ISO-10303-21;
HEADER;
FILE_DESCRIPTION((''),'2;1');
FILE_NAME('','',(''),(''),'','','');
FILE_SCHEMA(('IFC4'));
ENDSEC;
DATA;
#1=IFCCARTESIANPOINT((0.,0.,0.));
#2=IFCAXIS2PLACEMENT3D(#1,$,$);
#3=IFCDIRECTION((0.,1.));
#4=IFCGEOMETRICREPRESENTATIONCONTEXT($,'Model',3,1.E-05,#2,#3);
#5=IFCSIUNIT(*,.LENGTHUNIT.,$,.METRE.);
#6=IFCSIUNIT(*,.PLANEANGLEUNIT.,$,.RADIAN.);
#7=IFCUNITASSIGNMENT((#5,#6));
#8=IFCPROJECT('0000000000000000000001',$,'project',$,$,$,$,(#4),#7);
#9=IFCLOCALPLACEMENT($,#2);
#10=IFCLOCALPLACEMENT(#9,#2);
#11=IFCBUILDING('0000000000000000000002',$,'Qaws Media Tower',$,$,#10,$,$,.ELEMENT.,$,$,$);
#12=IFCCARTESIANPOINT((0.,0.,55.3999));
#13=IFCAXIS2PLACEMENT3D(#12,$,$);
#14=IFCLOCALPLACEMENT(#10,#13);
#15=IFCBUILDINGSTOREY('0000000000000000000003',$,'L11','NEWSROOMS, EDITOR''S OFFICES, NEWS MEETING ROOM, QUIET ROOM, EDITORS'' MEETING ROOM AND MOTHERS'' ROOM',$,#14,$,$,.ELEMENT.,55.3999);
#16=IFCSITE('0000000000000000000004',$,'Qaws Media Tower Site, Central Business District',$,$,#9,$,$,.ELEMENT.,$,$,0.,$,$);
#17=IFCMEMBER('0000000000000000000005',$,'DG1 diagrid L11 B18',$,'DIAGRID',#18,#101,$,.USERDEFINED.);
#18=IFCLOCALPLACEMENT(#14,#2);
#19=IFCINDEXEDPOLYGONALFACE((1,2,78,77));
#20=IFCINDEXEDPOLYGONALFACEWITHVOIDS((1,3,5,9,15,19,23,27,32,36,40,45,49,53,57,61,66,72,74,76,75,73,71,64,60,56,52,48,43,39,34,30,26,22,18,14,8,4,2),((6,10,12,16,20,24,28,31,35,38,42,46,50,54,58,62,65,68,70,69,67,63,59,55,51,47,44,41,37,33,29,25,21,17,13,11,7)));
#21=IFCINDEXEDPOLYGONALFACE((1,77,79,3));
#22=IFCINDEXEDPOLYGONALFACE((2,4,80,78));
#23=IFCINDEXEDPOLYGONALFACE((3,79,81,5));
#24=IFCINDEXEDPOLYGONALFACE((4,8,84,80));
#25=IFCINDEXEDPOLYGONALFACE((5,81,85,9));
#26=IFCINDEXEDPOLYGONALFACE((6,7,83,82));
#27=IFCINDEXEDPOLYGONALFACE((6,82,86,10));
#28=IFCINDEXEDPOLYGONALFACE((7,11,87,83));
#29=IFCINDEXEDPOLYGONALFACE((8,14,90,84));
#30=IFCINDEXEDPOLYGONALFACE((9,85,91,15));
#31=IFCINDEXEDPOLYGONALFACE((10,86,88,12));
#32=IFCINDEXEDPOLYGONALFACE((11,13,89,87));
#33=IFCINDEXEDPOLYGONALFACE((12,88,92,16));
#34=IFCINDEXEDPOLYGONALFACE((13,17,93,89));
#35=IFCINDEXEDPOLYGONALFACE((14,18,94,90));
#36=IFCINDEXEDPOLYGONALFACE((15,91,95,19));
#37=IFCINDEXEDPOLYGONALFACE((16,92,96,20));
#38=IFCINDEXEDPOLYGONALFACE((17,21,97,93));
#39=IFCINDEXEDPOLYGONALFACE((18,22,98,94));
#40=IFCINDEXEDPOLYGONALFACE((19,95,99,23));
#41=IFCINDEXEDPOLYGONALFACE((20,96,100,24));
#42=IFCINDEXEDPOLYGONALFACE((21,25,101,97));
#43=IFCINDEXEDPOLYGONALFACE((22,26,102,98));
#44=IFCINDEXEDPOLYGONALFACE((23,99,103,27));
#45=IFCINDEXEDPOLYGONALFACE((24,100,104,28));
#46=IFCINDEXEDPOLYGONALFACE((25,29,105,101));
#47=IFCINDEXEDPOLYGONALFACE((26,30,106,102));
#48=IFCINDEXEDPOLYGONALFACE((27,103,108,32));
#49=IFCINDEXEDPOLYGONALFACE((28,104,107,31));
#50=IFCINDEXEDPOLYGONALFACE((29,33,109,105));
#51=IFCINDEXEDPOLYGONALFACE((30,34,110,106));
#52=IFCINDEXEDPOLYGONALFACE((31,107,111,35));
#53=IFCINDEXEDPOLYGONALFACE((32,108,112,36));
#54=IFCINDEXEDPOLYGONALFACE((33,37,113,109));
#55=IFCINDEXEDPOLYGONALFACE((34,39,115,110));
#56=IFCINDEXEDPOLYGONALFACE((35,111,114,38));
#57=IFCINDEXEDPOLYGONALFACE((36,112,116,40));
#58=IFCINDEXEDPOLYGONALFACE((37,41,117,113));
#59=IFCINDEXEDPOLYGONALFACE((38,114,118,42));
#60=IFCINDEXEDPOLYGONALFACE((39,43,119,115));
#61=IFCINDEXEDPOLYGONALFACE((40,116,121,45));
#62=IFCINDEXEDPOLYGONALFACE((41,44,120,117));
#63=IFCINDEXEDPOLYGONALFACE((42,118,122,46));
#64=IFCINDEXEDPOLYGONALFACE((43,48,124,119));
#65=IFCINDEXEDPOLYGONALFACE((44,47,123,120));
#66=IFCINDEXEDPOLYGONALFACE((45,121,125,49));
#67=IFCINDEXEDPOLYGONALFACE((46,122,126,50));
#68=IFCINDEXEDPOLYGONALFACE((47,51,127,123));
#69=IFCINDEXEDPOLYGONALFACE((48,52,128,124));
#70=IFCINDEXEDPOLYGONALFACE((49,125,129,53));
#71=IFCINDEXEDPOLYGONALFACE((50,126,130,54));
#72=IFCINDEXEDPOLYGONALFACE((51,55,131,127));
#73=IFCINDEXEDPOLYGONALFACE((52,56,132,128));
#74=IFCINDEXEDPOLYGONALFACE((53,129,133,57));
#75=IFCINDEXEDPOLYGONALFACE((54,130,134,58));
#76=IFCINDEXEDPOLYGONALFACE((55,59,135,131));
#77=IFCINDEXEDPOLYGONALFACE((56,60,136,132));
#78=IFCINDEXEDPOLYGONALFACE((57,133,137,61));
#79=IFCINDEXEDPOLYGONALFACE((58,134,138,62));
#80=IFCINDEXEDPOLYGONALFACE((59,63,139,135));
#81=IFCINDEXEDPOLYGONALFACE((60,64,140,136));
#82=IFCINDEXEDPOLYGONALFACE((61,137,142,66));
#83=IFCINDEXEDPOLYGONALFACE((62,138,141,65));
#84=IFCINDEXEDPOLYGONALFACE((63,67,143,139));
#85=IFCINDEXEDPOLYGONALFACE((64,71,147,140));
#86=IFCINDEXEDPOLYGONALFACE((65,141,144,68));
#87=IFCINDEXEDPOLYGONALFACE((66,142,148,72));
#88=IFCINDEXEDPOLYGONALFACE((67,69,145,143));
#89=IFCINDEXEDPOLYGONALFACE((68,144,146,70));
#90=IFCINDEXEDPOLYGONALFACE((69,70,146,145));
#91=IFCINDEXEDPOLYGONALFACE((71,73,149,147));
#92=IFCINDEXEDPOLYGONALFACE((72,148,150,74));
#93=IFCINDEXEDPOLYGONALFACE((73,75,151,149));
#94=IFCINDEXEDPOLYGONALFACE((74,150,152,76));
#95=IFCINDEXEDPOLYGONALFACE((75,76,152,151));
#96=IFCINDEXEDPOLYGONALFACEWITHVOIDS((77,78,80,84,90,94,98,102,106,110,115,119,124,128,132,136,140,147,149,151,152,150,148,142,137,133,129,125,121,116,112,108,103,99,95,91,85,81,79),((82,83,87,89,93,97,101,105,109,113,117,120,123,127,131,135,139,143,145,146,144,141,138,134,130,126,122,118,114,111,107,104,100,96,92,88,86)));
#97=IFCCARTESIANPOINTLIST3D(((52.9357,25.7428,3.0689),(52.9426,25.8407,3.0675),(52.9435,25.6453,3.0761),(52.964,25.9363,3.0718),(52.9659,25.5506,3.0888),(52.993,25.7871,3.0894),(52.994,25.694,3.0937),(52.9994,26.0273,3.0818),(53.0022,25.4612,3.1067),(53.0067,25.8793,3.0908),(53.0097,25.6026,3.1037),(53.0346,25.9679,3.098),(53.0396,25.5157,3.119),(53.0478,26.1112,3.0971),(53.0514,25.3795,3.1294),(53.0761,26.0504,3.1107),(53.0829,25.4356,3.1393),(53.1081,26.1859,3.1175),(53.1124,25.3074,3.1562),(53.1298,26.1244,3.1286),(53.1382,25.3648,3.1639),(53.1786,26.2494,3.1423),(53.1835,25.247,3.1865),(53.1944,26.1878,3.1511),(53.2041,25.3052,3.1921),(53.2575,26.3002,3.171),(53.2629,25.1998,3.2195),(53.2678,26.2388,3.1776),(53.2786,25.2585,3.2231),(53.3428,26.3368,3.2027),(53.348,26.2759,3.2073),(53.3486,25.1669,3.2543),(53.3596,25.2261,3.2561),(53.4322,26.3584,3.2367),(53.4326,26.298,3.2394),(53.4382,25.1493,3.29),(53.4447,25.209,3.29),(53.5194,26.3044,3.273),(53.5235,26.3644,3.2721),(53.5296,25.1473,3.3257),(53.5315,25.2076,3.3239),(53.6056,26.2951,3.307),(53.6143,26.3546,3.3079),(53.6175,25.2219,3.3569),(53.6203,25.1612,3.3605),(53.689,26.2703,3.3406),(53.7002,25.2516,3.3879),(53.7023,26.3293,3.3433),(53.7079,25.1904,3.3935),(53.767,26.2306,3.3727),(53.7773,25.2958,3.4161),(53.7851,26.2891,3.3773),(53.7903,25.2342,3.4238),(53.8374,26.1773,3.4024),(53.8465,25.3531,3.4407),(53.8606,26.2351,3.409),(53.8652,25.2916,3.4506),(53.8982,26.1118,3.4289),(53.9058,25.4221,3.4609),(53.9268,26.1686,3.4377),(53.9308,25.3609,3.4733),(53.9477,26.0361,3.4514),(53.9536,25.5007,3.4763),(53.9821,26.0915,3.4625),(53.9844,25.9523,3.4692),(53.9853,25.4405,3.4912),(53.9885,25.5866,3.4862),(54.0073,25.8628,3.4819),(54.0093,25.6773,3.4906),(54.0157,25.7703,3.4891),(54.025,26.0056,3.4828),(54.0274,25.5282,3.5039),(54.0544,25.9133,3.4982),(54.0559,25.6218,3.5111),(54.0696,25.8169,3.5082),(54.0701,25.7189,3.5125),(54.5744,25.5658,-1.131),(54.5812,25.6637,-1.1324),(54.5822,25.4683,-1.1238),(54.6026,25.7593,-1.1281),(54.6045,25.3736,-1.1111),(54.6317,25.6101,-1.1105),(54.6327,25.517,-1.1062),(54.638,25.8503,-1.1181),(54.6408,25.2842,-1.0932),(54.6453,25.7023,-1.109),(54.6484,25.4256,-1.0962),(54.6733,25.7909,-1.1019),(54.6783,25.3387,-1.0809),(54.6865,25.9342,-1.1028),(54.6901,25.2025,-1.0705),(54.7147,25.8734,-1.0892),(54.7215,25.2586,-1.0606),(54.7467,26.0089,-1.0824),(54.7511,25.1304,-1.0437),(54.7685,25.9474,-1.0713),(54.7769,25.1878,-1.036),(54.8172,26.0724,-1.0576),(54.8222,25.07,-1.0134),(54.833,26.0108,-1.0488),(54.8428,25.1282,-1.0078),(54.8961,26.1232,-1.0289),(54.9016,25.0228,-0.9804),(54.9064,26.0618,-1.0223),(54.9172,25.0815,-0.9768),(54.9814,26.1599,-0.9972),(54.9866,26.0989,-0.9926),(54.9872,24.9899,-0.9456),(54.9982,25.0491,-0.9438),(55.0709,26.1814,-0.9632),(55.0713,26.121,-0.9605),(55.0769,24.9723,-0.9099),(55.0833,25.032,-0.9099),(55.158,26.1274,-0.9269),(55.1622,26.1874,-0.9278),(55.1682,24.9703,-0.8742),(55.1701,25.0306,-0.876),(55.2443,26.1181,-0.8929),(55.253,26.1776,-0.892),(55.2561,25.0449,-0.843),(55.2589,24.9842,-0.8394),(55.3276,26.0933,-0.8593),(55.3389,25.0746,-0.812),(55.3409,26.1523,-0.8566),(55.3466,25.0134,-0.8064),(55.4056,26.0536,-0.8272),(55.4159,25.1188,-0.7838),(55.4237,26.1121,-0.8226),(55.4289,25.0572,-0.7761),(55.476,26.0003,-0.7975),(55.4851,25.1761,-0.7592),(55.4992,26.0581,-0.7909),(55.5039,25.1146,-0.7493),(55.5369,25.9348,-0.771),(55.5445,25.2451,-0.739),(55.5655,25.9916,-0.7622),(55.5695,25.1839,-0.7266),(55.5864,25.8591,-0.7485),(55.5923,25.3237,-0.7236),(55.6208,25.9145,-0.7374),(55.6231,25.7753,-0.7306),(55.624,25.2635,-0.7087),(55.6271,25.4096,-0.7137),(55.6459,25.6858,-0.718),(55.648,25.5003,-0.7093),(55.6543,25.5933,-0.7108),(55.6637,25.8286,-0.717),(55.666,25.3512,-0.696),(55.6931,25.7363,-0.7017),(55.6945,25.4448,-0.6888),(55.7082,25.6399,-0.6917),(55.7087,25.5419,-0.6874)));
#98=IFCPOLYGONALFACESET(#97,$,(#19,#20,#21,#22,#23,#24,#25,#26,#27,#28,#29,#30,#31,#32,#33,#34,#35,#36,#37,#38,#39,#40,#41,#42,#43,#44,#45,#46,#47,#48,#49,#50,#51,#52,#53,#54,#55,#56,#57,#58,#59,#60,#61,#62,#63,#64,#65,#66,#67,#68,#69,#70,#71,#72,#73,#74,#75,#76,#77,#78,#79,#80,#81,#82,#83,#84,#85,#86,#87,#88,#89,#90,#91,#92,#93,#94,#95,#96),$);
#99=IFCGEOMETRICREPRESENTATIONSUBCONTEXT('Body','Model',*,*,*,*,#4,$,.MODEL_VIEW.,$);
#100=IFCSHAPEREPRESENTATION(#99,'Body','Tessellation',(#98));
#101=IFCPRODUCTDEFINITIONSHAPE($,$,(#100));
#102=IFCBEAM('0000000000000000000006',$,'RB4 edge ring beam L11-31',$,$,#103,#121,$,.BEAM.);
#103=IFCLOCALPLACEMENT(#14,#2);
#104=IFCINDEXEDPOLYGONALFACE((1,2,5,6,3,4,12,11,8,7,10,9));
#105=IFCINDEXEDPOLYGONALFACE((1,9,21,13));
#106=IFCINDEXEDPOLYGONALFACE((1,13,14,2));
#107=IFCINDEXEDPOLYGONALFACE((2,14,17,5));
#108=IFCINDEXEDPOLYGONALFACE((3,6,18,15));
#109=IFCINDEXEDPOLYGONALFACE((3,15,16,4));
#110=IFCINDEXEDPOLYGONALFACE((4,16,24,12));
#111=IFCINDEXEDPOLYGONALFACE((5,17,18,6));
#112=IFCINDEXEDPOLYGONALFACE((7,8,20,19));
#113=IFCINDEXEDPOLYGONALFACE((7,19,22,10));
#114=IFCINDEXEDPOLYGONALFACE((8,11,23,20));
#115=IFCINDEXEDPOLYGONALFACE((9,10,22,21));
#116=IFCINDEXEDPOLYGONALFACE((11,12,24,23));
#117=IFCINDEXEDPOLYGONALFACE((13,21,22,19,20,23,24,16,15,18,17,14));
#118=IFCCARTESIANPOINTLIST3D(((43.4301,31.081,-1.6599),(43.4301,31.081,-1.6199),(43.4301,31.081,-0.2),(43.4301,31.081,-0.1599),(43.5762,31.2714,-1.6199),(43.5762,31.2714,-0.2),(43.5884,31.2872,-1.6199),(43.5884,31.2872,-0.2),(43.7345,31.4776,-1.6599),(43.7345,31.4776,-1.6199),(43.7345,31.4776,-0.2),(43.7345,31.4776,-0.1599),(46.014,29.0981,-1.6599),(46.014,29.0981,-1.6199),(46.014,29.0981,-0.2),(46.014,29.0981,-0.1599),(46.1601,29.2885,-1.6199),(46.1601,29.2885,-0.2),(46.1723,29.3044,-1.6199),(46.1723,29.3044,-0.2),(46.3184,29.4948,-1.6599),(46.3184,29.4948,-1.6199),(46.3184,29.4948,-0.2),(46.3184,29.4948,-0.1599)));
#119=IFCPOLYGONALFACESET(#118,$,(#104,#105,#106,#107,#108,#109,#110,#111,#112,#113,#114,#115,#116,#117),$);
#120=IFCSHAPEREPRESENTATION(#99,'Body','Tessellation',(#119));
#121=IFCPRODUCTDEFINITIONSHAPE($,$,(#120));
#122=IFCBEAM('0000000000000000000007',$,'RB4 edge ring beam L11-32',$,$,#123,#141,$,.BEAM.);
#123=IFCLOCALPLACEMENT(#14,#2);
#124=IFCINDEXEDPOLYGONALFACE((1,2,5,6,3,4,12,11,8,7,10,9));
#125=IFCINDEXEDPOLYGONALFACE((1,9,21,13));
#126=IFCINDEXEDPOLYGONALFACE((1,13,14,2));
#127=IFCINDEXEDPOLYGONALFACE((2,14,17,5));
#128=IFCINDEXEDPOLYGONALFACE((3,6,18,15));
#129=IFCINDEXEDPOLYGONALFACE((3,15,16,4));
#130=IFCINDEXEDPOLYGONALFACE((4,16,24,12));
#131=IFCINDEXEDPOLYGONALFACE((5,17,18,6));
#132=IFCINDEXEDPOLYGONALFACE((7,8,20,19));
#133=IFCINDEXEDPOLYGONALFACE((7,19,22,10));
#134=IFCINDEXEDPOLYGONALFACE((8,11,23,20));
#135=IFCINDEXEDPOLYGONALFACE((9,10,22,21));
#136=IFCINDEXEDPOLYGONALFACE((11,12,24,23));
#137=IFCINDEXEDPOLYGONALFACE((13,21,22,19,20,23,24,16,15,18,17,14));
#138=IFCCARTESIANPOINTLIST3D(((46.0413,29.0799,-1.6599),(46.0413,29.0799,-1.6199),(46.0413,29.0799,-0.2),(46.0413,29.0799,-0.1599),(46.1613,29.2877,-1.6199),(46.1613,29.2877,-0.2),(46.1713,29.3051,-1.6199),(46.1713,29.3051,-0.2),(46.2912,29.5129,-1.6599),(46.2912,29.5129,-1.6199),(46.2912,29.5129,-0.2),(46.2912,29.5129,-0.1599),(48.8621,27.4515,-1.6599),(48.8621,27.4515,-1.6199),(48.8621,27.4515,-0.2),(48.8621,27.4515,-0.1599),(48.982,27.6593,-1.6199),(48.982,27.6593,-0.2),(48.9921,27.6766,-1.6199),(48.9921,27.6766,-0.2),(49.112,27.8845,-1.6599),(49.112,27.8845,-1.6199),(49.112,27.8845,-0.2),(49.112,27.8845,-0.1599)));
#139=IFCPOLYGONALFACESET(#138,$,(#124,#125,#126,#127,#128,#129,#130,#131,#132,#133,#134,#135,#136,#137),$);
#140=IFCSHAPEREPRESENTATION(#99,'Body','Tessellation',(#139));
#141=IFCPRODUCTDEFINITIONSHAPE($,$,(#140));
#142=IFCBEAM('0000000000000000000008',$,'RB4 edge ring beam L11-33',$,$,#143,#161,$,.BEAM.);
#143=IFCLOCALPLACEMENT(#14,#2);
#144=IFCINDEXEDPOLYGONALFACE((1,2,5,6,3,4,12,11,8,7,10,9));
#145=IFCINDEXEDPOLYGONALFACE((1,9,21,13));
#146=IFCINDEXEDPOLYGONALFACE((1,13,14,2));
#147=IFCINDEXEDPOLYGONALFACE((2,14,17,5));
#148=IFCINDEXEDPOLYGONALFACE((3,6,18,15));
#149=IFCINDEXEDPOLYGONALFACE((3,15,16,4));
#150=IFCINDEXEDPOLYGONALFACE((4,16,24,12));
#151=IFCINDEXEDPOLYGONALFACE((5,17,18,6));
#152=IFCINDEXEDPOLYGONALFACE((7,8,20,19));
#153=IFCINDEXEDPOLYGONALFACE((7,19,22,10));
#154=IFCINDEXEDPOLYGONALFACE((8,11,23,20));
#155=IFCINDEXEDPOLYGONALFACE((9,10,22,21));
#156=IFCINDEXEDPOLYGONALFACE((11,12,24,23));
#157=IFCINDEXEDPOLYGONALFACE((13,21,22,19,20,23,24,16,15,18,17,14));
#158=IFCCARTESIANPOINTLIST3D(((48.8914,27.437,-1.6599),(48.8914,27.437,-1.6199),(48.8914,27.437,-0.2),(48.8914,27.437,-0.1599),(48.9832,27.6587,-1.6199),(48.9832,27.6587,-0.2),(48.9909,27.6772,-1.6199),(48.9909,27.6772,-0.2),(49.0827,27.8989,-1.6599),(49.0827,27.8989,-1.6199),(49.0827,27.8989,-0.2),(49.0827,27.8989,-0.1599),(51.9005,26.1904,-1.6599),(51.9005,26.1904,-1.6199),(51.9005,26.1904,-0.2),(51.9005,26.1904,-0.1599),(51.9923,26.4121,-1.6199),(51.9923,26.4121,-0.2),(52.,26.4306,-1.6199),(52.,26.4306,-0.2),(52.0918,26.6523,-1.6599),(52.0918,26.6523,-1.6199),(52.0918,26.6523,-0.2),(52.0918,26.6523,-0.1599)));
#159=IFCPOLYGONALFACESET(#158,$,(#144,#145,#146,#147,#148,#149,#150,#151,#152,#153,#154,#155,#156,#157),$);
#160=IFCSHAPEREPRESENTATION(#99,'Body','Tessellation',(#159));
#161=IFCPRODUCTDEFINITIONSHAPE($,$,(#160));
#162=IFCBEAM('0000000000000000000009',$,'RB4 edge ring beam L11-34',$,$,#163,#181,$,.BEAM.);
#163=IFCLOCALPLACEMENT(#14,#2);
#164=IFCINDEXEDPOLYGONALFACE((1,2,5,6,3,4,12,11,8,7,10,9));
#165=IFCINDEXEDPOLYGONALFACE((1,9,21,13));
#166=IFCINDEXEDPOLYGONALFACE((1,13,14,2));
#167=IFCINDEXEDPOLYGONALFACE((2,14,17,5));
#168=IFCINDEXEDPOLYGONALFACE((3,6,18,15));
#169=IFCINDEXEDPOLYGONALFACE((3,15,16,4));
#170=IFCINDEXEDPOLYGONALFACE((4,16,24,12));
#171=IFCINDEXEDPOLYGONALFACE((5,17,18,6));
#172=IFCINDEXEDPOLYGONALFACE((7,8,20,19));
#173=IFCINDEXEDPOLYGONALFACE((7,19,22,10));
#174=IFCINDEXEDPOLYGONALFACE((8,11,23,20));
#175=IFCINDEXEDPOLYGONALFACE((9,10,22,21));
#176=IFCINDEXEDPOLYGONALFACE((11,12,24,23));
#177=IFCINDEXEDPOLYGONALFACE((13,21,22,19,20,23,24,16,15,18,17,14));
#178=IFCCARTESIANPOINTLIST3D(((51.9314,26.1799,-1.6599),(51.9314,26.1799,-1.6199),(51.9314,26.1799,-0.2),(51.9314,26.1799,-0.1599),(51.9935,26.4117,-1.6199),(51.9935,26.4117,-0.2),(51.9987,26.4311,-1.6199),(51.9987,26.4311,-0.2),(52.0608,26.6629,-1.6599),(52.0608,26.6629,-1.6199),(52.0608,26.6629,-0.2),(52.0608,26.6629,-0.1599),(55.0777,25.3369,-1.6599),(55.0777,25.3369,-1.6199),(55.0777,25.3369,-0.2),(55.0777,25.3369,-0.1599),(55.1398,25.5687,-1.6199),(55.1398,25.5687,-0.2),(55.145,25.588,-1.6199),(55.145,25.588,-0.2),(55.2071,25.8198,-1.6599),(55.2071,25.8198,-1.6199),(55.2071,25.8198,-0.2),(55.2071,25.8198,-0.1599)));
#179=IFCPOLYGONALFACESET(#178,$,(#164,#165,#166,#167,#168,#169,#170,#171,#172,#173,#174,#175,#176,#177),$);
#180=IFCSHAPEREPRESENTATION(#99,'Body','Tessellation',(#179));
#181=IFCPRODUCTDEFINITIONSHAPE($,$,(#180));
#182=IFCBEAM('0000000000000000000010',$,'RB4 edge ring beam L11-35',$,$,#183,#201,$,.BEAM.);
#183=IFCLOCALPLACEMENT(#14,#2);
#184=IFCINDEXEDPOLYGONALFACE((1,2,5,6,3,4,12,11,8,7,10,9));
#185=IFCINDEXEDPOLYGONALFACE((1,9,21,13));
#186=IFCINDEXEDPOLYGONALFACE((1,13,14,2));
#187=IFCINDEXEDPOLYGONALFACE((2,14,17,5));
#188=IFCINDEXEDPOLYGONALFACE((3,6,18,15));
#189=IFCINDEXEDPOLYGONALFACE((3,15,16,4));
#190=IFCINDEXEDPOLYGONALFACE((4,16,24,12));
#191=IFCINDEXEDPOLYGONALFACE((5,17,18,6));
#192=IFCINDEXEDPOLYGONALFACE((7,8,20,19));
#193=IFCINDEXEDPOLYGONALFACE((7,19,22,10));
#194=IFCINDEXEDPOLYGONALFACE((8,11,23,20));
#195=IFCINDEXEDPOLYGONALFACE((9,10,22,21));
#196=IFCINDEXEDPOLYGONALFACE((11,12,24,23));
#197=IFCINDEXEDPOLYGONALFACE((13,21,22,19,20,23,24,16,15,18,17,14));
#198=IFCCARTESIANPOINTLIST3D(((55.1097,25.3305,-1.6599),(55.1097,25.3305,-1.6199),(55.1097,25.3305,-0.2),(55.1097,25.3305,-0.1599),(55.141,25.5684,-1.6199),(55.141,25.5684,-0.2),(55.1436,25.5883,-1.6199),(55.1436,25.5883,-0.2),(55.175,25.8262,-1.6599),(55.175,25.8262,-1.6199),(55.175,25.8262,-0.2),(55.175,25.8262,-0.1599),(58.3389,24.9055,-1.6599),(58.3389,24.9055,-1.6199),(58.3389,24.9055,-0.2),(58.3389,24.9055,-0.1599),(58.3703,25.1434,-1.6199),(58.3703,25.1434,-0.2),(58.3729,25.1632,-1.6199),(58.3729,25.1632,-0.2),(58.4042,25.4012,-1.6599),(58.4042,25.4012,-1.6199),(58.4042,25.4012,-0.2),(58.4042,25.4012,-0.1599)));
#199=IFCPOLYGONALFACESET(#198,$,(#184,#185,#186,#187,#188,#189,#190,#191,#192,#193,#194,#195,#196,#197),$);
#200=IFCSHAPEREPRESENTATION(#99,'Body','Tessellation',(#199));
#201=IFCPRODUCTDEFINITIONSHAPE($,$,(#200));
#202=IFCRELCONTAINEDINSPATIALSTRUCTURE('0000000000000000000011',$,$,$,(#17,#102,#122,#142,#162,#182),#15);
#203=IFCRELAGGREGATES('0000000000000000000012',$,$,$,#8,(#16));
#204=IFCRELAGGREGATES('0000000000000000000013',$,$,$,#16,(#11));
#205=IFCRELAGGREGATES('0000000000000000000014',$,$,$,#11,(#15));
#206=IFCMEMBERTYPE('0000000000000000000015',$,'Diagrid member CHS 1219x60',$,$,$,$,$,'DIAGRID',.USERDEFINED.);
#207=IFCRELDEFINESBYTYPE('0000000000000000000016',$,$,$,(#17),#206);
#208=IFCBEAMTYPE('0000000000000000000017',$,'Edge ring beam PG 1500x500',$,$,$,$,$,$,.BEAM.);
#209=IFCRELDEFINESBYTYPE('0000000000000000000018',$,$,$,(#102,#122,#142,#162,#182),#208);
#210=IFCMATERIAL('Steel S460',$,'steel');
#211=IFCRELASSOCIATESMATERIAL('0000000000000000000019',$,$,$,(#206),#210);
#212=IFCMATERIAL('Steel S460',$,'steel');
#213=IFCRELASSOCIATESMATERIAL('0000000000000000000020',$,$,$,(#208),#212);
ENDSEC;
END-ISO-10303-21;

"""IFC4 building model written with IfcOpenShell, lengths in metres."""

from ifc_helpers import new_model, si_unit, direction, frame, origin, origin_2d, place, context, subcontext, project, spatial, hollow_circle, i_section, extrude, material, material_profile, profile_set, type_object, element, save


model = new_model("IFC4")

# Units and contexts
model_context = context("Model", 3, precision=1e-05, world=origin(), true_north=direction((0.0, 1.0)))
body_context = subcontext(model_context, "Body", "Model", "MODEL_VIEW")
ifc_project = project(units=[si_unit("LENGTHUNIT", "METRE"), si_unit("PLANEANGLEUNIT", "RADIAN")], contexts=[model_context])

# Site, building, storey
site_placement = place(None, origin())
site = spatial("IfcSite", under=ifc_project, at=site_placement, Name="Qaws Media Tower Site, Central Business District", CompositionType="ELEMENT", RefElevation=0.0)
building_placement = place(site_placement, origin())
building = spatial("IfcBuilding", under=site, at=building_placement, Name="Qaws Media Tower", CompositionType="ELEMENT")
storey_placement = place(building_placement, frame((0.0, 0.0, 55.3999)))
storey = spatial("IfcBuildingStorey", under=building, at=storey_placement, Name="L11", Description="NEWSROOMS, EDITOR'S OFFICES, NEWS MEETING ROOM, QUIET ROOM, EDITORS' MEETING ROOM AND MOTHERS' ROOM", CompositionType="ELEMENT", Elevation=55.3999)

# Member
ifc_material_1 = material(Name="Steel S460", Category="steel")
ifc_material_profile_1 = material_profile(ifc_material_1, hollow_circle(Radius=0.6096, WallThickness=0.0601, at=origin_2d()), Name="CHS 1219x60")
ifc_profile_set_1 = profile_set([ifc_material_profile_1], Name="Steel S460")
member_type_1 = type_object("IfcMemberType", Name="Diagrid member CHS 1219x60", ElementType="DIAGRID", PredefinedType="USERDEFINED", material=ifc_profile_set_1)
for number, where, z_axis, x_axis, name in (
    (1, (55.1423, 25.5784, -0.9099), (-0.363198, 0.039231, 0.930885), (-0.107391, -0.994217, 0.0), "DG1 diagrid L11 B18"),
):
    element("IfcMember", number, at=place(storey_placement, frame(where, z_axis=z_axis, x_axis=x_axis)), inside=storey, type_object=member_type_1, Name=name, ObjectType="DIAGRID", PredefinedType="USERDEFINED", context=body_context, shape_type="SweptSolid", body=[
        extrude(hollow_circle(Radius=0.6096, WallThickness=0.0601, at=origin_2d()), origin(), (0.0, 0.0, 1.0), 4.5117),
    ])

# Beams
ifc_material_2 = material(Name="Steel S460", Category="steel")
ifc_material_profile_2 = material_profile(ifc_material_2, i_section(OverallWidth=0.5, OverallDepth=1.5, WebThickness=0.02, FlangeThickness=0.04, at=origin_2d()), Name="PG 1500x500")
ifc_profile_set_2 = profile_set([ifc_material_profile_2], Name="Steel S460")
beam_type = type_object("IfcBeamType", Name="Edge ring beam PG 1500x500", PredefinedType="BEAM", material=ifc_profile_set_2)
for number, where, z_axis, x_axis, name in (
    (2, (43.5823, 31.2793, -0.9099), (0.793331, -0.60879, 0.0), (0.60879, 0.793331, 0.0), "RB4 edge ring beam L11-31"),
    (3, (46.1663, 29.2964, -0.9099), (0.866048, -0.49996, 0.0), (0.49996, 0.866048, 0.0), "RB4 edge ring beam L11-32"),
    (4, (48.9871, 27.668, -0.9099), (0.923858, -0.382736, 0.0), (0.382736, 0.923858, 0.0), "RB4 edge ring beam L11-33"),
):
    element("IfcBeam", number, at=place(storey_placement, frame(where, z_axis=z_axis, x_axis=x_axis)), inside=storey, type_object=beam_type, Name=name, PredefinedType="BEAM", context=body_context, shape_type="SweptSolid", body=[
        extrude(i_section(OverallWidth=0.5, OverallDepth=1.5, WebThickness=0.02, FlangeThickness=0.04, at=origin_2d()), origin(), (0.0, 0.0, 1.0), 3.2571),
    ])
beam_1_placement = place(storey_placement, frame((51.9961, 26.4214, -0.9099), z_axis=(0.965927, -0.258815, 0.0), x_axis=(0.258815, 0.965927, 0.0)))
element("IfcBeam", 5, at=beam_1_placement, inside=storey, type_object=beam_type, Name="RB4 edge ring beam L11-34", PredefinedType="BEAM", context=body_context, shape_type="SweptSolid", body=[
    extrude(i_section(OverallWidth=0.5, OverallDepth=1.5, WebThickness=0.02, FlangeThickness=0.04, at=origin_2d()), origin(), (0.0, 0.0, 1.0), 3.2573),
])
beam_2_placement = place(storey_placement, frame((55.1423, 25.5784, -0.9099), z_axis=(0.991448, -0.130499, 0.0), x_axis=(0.130499, 0.991448, 0.0)))
element("IfcBeam", 6, at=beam_2_placement, inside=storey, type_object=beam_type, Name="RB4 edge ring beam L11-35", PredefinedType="BEAM", context=body_context, shape_type="SweptSolid", body=[
    extrude(i_section(OverallWidth=0.5, OverallDepth=1.5, WebThickness=0.02, FlangeThickness=0.04, at=origin_2d()), origin(), (0.0, 0.0, 1.0), 3.2571),
])

save(model, "model.ifc")
